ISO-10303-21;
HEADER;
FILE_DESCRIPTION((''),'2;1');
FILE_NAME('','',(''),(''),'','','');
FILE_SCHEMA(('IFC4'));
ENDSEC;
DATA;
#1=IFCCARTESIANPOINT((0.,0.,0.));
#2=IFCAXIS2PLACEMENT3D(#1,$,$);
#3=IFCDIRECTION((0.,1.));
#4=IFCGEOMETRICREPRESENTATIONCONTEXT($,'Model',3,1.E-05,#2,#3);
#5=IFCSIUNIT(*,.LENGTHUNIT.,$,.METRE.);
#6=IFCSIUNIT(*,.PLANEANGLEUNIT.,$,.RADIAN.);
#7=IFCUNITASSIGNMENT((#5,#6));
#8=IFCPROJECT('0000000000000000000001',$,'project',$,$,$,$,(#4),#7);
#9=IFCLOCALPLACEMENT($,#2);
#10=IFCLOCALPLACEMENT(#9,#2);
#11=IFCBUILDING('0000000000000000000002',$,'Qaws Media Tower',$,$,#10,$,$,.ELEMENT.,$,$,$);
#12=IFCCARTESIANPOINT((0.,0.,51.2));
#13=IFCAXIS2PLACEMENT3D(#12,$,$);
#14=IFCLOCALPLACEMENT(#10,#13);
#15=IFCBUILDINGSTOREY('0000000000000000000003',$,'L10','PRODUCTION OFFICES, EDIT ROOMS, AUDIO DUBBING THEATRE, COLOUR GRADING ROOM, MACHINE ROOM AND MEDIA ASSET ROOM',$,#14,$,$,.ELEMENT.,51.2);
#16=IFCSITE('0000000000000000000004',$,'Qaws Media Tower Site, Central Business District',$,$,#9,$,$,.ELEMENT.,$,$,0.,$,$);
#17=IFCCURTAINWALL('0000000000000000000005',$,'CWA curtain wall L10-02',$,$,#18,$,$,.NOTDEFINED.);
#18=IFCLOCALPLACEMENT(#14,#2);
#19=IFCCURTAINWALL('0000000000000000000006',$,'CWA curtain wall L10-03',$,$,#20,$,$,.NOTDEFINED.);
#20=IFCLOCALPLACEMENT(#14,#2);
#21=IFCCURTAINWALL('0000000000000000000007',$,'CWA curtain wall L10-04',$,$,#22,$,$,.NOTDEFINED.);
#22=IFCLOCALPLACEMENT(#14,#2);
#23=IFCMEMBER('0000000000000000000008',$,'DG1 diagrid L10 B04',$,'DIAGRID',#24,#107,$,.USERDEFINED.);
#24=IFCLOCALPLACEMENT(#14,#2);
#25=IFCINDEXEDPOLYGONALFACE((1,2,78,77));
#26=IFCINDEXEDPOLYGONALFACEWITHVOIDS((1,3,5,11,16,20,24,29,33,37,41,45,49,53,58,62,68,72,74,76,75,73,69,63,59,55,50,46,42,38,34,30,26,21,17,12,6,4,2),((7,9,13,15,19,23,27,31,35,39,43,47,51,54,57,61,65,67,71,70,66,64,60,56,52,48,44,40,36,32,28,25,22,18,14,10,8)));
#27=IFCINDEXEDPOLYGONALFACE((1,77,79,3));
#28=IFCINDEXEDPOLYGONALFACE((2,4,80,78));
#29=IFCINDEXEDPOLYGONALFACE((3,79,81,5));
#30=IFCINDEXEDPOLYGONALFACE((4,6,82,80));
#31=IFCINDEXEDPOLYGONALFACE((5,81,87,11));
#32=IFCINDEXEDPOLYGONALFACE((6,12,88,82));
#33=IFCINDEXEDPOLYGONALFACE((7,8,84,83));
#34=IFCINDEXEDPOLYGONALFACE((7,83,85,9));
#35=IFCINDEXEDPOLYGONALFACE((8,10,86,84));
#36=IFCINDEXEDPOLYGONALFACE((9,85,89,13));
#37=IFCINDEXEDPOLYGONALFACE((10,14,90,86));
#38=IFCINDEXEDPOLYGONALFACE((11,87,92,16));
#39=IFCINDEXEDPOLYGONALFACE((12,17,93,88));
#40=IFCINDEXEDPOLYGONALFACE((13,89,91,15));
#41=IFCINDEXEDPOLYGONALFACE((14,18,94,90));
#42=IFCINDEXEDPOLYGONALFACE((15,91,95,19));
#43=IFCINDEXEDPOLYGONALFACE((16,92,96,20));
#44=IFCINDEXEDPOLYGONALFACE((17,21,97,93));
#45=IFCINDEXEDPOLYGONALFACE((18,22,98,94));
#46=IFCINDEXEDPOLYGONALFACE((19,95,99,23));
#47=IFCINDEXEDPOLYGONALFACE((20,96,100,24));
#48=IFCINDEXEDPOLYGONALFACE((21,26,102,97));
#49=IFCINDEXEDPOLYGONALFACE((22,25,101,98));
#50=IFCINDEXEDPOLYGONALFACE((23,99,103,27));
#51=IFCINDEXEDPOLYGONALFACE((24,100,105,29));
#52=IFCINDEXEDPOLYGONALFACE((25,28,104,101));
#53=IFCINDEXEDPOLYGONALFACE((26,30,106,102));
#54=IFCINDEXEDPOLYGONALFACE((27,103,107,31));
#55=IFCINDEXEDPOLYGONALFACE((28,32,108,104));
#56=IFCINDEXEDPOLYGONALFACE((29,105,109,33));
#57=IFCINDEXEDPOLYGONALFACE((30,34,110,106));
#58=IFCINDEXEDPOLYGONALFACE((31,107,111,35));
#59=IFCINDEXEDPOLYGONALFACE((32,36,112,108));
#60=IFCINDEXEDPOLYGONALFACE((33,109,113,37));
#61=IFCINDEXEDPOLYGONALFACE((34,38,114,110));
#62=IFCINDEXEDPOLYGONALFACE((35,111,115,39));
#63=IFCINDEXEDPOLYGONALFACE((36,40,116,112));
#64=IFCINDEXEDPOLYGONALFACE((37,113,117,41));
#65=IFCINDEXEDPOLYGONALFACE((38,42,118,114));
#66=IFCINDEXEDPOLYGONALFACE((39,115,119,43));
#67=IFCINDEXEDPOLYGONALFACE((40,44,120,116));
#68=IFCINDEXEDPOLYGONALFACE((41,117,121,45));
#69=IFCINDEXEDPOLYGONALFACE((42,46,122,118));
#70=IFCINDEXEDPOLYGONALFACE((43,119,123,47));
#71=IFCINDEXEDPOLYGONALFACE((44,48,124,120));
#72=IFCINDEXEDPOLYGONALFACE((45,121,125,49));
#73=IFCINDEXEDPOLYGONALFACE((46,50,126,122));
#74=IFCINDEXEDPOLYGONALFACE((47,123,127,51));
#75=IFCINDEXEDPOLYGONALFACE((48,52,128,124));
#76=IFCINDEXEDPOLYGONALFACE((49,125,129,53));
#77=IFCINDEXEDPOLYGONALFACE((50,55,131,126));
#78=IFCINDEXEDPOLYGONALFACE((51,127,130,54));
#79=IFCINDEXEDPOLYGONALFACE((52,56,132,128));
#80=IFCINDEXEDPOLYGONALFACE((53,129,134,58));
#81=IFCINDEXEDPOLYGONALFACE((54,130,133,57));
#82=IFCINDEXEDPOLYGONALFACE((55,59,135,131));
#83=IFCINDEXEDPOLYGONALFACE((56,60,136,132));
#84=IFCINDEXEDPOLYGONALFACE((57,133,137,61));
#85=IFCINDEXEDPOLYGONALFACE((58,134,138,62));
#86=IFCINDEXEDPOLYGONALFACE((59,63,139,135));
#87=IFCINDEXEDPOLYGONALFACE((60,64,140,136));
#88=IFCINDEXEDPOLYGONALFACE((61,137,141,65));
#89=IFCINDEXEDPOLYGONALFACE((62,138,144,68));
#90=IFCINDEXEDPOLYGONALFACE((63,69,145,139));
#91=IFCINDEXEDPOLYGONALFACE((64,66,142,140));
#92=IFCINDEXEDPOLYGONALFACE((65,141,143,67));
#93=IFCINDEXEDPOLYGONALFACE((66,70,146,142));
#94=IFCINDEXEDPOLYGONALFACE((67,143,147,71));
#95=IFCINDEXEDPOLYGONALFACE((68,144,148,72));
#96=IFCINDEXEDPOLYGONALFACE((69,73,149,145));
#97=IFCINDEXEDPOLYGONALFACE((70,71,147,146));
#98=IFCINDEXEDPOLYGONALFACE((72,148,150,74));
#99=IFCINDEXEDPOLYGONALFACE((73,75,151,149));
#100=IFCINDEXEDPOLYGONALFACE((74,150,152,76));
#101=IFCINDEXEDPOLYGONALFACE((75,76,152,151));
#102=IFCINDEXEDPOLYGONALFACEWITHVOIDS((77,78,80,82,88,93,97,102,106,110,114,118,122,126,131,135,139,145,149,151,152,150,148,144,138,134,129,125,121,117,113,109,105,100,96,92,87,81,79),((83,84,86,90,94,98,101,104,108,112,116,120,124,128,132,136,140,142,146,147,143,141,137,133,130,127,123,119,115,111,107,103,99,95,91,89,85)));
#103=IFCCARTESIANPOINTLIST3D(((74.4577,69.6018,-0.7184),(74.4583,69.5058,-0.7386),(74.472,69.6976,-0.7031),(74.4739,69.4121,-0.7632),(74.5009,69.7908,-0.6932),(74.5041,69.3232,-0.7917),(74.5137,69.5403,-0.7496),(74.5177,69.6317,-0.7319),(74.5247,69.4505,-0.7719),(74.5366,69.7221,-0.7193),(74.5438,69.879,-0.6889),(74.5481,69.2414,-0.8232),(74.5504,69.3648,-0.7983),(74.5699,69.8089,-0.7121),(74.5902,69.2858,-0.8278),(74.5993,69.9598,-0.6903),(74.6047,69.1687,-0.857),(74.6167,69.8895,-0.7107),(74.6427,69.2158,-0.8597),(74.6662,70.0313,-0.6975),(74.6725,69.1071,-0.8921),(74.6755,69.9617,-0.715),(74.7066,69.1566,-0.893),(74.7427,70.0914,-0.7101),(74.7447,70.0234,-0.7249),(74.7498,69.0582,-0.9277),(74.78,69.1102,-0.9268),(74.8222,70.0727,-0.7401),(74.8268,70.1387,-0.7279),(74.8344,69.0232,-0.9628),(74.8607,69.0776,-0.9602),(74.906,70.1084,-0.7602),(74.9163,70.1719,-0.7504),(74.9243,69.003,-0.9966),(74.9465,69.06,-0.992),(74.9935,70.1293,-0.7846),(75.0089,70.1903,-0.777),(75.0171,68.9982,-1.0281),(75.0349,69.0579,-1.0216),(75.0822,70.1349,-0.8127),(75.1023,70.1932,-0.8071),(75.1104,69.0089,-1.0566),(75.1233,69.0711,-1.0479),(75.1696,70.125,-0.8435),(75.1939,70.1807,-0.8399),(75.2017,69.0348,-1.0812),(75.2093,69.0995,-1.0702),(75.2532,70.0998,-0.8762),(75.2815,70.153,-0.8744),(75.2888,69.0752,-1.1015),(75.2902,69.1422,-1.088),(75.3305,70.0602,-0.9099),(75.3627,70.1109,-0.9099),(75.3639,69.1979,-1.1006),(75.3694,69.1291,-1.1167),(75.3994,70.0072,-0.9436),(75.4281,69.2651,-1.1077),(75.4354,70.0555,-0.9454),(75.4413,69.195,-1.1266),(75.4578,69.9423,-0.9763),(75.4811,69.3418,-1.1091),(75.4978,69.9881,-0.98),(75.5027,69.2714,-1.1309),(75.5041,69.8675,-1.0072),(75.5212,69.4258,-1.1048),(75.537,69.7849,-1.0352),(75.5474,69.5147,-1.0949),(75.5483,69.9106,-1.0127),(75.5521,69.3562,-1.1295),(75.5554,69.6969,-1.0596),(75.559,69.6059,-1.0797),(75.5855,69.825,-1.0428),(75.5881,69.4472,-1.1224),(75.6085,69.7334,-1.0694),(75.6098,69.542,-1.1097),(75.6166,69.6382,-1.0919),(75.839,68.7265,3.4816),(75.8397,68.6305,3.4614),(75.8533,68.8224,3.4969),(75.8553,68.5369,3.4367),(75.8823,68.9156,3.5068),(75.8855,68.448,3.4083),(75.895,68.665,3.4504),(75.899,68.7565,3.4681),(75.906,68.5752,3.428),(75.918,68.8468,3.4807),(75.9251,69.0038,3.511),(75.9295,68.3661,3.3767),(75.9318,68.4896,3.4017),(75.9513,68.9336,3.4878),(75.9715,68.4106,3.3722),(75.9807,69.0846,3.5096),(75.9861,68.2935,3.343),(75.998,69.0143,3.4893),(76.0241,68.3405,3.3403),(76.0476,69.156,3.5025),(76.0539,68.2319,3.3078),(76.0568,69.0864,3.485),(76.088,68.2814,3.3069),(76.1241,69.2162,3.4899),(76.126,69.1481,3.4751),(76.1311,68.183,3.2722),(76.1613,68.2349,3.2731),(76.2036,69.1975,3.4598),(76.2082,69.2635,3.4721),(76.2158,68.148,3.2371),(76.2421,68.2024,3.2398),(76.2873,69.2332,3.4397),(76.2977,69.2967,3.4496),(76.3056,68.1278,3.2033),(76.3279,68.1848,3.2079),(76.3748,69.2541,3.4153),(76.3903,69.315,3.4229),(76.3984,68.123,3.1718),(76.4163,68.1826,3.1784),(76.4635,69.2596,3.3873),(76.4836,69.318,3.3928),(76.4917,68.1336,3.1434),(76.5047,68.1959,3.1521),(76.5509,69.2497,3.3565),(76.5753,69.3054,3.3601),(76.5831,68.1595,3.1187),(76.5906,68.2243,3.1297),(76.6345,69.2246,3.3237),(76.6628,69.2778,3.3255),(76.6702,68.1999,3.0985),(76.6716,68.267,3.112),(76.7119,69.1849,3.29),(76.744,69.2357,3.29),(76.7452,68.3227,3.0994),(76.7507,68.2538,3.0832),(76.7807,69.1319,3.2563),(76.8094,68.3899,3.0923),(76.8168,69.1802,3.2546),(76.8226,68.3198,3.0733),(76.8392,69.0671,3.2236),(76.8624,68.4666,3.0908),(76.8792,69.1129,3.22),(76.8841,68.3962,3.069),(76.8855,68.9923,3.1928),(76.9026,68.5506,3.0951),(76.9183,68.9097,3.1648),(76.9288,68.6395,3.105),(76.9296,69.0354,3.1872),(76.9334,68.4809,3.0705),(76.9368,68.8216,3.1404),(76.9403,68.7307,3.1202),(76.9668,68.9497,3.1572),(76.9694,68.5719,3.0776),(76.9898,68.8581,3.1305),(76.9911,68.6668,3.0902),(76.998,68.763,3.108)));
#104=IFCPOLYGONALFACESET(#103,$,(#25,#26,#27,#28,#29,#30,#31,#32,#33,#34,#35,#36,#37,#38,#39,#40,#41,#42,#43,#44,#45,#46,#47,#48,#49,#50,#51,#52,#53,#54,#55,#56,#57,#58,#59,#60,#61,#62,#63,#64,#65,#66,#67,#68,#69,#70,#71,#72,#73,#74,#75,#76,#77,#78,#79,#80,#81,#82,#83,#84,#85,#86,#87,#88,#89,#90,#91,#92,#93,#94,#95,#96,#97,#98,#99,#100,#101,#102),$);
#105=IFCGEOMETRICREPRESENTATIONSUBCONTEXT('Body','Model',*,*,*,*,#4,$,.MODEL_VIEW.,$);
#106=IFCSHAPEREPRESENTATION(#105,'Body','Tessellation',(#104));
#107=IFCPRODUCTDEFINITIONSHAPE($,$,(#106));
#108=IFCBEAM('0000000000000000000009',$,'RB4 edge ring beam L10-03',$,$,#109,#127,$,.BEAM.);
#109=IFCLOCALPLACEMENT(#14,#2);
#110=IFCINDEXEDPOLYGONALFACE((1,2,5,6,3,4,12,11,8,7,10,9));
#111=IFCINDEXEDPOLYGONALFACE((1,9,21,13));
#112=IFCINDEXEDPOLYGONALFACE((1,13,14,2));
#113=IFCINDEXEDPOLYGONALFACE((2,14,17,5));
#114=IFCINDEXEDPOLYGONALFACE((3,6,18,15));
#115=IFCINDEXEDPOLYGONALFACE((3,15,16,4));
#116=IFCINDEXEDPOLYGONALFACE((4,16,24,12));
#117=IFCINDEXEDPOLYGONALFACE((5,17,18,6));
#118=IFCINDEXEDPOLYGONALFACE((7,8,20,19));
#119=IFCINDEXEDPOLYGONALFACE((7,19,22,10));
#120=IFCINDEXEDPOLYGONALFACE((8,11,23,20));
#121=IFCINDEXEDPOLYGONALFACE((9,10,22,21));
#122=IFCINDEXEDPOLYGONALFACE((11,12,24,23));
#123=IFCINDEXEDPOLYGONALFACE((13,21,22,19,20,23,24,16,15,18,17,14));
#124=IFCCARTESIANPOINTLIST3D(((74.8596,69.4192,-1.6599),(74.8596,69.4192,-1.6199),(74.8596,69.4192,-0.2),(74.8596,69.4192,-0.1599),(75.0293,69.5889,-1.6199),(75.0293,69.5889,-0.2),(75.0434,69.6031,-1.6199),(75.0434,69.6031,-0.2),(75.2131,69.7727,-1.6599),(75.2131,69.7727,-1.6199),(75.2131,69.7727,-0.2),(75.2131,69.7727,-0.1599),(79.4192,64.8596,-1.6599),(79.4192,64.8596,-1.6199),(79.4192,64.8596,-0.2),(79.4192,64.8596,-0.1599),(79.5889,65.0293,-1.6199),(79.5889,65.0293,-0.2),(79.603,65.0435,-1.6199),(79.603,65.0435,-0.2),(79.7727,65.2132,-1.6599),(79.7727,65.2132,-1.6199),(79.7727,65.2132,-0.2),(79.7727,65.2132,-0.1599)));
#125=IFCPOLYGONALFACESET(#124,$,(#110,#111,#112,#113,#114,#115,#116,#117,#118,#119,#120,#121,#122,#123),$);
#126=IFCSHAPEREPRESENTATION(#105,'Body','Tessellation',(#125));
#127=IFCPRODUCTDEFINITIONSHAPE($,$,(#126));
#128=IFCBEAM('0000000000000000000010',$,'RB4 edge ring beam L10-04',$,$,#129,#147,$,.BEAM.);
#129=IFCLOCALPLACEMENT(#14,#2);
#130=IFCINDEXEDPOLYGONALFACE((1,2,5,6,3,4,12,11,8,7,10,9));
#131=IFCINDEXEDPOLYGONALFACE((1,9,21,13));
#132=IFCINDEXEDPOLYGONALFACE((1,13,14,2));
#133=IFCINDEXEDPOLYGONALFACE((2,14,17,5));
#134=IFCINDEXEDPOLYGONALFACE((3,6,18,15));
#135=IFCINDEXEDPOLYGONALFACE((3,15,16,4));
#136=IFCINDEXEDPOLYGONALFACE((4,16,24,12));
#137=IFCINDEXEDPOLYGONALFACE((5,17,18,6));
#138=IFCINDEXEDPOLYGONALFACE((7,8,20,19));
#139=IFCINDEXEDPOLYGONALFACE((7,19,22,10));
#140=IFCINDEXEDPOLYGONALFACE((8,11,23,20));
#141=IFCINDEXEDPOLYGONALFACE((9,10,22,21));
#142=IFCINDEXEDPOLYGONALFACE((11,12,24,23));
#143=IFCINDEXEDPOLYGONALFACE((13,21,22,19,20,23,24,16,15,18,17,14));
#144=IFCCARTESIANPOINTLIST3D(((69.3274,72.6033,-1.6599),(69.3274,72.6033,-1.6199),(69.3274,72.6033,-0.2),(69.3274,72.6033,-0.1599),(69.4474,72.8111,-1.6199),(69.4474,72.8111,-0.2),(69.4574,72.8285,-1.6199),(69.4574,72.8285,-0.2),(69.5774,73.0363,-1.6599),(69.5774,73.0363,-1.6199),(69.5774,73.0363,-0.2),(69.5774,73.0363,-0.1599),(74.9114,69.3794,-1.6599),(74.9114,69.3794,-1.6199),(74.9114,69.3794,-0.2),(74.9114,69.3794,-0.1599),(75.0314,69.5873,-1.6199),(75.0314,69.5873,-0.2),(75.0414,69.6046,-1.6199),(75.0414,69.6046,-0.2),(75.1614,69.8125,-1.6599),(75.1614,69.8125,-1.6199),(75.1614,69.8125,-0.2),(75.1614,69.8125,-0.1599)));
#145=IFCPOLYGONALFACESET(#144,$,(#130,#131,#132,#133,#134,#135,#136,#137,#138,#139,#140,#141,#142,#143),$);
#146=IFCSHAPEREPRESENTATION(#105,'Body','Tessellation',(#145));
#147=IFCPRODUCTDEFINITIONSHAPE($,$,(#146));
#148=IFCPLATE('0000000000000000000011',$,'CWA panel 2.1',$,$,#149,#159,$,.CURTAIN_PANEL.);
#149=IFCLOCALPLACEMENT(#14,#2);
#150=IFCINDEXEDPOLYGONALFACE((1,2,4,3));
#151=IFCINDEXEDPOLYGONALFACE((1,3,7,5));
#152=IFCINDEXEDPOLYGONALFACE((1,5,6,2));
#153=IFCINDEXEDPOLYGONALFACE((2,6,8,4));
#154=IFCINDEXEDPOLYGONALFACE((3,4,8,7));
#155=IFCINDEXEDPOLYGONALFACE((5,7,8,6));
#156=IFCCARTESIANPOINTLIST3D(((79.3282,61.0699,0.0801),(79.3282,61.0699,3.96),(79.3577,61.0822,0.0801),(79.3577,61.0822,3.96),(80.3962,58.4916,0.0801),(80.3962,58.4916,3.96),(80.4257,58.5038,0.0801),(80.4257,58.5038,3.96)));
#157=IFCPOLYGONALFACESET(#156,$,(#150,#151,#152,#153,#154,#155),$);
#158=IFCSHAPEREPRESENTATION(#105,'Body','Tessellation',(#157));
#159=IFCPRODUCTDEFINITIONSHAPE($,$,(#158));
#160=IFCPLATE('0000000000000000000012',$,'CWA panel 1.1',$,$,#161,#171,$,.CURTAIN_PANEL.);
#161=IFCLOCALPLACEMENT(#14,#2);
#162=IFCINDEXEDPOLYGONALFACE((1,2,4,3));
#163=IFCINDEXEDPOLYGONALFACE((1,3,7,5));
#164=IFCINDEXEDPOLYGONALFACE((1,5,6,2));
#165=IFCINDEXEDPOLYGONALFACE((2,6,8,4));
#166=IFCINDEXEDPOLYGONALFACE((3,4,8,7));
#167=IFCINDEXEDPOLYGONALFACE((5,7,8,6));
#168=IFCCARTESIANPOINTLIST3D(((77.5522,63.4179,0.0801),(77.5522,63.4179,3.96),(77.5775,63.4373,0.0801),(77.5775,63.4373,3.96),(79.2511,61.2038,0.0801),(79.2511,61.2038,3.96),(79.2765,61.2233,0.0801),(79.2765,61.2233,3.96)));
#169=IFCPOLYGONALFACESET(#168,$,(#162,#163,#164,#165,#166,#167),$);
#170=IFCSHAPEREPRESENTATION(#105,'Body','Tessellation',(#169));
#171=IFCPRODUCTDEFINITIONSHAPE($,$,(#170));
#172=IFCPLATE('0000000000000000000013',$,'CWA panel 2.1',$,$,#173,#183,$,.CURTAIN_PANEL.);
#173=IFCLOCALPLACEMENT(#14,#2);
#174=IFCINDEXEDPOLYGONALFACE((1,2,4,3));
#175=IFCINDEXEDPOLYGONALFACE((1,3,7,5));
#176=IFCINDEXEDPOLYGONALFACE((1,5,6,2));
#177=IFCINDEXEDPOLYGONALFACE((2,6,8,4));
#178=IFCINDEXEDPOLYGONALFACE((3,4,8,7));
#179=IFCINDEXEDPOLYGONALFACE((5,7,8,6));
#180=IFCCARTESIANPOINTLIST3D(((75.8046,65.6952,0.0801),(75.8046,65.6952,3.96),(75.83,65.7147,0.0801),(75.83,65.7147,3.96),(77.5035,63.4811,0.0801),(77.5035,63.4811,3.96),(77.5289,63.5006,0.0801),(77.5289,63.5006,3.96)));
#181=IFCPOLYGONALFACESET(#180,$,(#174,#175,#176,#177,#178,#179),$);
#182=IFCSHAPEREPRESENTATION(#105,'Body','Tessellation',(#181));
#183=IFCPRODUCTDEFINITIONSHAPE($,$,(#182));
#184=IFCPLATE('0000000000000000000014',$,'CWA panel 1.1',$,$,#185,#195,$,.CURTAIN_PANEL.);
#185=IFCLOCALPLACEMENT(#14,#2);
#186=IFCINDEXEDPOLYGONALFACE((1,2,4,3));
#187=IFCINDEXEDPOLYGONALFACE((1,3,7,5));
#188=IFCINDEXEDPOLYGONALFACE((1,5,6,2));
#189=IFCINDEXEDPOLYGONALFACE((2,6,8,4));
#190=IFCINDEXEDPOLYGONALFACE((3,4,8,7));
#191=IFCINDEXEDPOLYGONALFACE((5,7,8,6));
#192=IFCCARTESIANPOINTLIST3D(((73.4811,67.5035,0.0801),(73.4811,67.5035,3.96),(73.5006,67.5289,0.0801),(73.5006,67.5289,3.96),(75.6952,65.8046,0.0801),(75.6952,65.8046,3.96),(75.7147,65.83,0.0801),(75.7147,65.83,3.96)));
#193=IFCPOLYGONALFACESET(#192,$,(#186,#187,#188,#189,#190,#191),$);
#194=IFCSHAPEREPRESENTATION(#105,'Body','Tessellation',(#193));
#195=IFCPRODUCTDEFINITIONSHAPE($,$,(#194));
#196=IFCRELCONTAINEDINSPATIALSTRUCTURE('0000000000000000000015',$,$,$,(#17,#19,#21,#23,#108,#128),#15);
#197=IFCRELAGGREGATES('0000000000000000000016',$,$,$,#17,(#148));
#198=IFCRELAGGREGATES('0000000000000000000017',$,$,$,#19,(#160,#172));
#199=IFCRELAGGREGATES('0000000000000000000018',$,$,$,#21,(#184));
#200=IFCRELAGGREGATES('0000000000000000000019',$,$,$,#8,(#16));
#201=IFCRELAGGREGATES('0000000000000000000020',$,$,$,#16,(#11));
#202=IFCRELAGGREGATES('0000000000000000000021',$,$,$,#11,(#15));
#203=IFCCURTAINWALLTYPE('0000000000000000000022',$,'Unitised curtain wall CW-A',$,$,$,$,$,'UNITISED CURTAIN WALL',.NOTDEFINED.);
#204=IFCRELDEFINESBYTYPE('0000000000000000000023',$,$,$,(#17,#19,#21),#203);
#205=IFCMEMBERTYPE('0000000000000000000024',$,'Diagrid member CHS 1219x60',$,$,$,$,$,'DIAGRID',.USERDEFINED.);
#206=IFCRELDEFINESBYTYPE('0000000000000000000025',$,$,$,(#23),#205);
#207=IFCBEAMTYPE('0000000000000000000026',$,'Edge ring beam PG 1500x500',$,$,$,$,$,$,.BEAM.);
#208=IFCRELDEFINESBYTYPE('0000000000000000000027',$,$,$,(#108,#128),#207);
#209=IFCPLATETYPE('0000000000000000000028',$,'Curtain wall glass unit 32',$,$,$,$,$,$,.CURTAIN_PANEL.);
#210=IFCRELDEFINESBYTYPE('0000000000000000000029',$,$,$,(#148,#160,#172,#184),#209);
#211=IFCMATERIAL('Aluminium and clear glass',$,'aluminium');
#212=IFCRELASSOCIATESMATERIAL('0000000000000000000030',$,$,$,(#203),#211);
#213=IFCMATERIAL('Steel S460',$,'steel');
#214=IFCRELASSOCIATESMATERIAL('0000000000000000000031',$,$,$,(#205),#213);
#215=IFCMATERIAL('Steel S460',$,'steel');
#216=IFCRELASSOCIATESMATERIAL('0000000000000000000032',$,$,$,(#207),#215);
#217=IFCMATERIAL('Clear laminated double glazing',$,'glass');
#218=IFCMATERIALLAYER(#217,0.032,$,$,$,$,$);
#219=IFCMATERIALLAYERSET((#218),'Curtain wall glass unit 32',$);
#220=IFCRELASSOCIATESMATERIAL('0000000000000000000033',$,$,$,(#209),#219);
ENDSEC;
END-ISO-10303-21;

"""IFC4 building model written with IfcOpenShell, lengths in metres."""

from ifc_helpers import new_model, si_unit, direction, frame, origin, origin_2d, place, context, subcontext, project, spatial, rectangle, hollow_circle, i_section, extrude, material, layer, layer_set, material_profile, profile_set, type_object, element, aggregate, save


model = new_model("IFC4")

# Units and contexts
model_context = context("Model", 3, precision=1e-05, world=origin(), true_north=direction((0.0, 1.0)))
body_context = subcontext(model_context, "Body", "Model", "MODEL_VIEW")
ifc_project = project(units=[si_unit("LENGTHUNIT", "METRE"), si_unit("PLANEANGLEUNIT", "RADIAN")], contexts=[model_context])

# Site, building, storey
site_placement = place(None, origin())
site = spatial("IfcSite", under=ifc_project, at=site_placement, Name="Qaws Media Tower Site, Central Business District", CompositionType="ELEMENT", RefElevation=0.0)
building_placement = place(site_placement, origin())
building = spatial("IfcBuilding", under=site, at=building_placement, Name="Qaws Media Tower", CompositionType="ELEMENT")
storey_placement = place(building_placement, frame((0.0, 0.0, 51.2)))
storey = spatial("IfcBuildingStorey", under=building, at=storey_placement, Name="L10", Description="PRODUCTION OFFICES, EDIT ROOMS, AUDIO DUBBING THEATRE, COLOUR GRADING ROOM, MACHINE ROOM AND MEDIA ASSET ROOM", CompositionType="ELEMENT", Elevation=51.2)

# Curtain wall
ifc_material_1 = material(Name="Aluminium and clear glass", Category="aluminium")
curtain_wall_type = type_object("IfcCurtainWallType", Name="Unitised curtain wall CW-A", ElementType="UNITISED CURTAIN WALL", PredefinedType="NOTDEFINED", material=ifc_material_1)
curtain_wall_1_placement = place(storey_placement, origin())
curtain_wall_1 = element("IfcCurtainWall", 1, at=curtain_wall_1_placement, inside=storey, type_object=curtain_wall_type, Name="CWA curtain wall L10-02", PredefinedType="NOTDEFINED")

# Curtain walls
curtain_wall_2_placement = place(storey_placement, origin())
curtain_wall_2 = element("IfcCurtainWall", 2, at=curtain_wall_2_placement, inside=storey, type_object=curtain_wall_type, Name="CWA curtain wall L10-03", PredefinedType="NOTDEFINED")
curtain_wall_3_placement = place(storey_placement, origin())
curtain_wall_3 = element("IfcCurtainWall", 3, at=curtain_wall_3_placement, inside=storey, type_object=curtain_wall_type, Name="CWA curtain wall L10-04", PredefinedType="NOTDEFINED")

# Member
ifc_material_2 = material(Name="Steel S460", Category="steel")
ifc_material_profile_1 = material_profile(ifc_material_2, hollow_circle(Radius=0.6096, WallThickness=0.0601, at=origin_2d()), Name="CHS 1219x60")
ifc_profile_set_1 = profile_set([ifc_material_profile_1], Name="Steel S460")
member_type_1 = type_object("IfcMemberType", Name="Diagrid member CHS 1219x60", ElementType="DIAGRID", PredefinedType="USERDEFINED", material=ifc_profile_set_1)
for number, where, z_axis, x_axis, name in (
    (4, (75.0364, 69.5959, -0.9099), (0.306484, -0.194193, 0.931857), (0.535223, 0.844711, 0.0), "DG1 diagrid L10 B04"),
):
    element("IfcMember", number, at=place(storey_placement, frame(where, z_axis=z_axis, x_axis=x_axis)), inside=storey, type_object=member_type_1, Name=name, ObjectType="DIAGRID", PredefinedType="USERDEFINED", context=body_context, shape_type="SweptSolid", body=[
        extrude(hollow_circle(Radius=0.6096, WallThickness=0.0601, at=origin_2d()), origin(), (0.0, 0.0, 1.0), 4.5071),
    ])

# Beams
ifc_material_3 = material(Name="Steel S460", Category="steel")
ifc_material_profile_2 = material_profile(ifc_material_3, i_section(OverallWidth=0.5, OverallDepth=1.5, WebThickness=0.02, FlangeThickness=0.04, at=origin_2d()), Name="PG 1500x500")
ifc_profile_set_2 = profile_set([ifc_material_profile_2], Name="Steel S460")
beam_type = type_object("IfcBeamType", Name="Edge ring beam PG 1500x500", PredefinedType="BEAM", material=ifc_profile_set_2)
beam_1_placement = place(storey_placement, frame((79.5959, 65.0364, -0.9099), z_axis=(-0.707107, 0.707107, 0.0), x_axis=(-0.707107, -0.707107, 0.0)))
element("IfcBeam", 5, at=beam_1_placement, inside=storey, type_object=beam_type, Name="RB4 edge ring beam L10-03", PredefinedType="BEAM", context=body_context, shape_type="SweptSolid", body=[
    extrude(i_section(OverallWidth=0.5, OverallDepth=1.5, WebThickness=0.02, FlangeThickness=0.04, at=origin_2d()), origin(), (0.0, 0.0, 1.0), 6.4482),
])
beam_2_placement = place(storey_placement, frame((75.0364, 69.5959, -0.9099), z_axis=(-0.866028, 0.499996, 0.0), x_axis=(-0.499996, -0.866028, 0.0)))
element("IfcBeam", 6, at=beam_2_placement, inside=storey, type_object=beam_type, Name="RB4 edge ring beam L10-04", PredefinedType="BEAM", context=body_context, shape_type="SweptSolid", body=[
    extrude(i_section(OverallWidth=0.5, OverallDepth=1.5, WebThickness=0.02, FlangeThickness=0.04, at=origin_2d()), origin(), (0.0, 0.0, 1.0), 6.4478),
])

# Plates
ifc_material_4 = material(Name="Clear laminated double glazing", Category="glass")
ifc_layer_1 = layer(ifc_material_4, 0.032)
ifc_layer_set_1 = layer_set([ifc_layer_1], Name="Curtain wall glass unit 32")
plate_type_1 = type_object("IfcPlateType", Name="Curtain wall glass unit 32", PredefinedType="CURTAIN_PANEL", material=ifc_layer_set_1)
plate_1_placement = place(storey_placement, frame((79.877, 59.7869, 0.0801), z_axis=(0.0, 0.0, 1.0), x_axis=(-0.382683, 0.92388, 0.0)))
plate_1 = element("IfcPlate", 7, at=plate_1_placement, type_object=plate_type_1, Name="CWA panel 2.1", PredefinedType="CURTAIN_PANEL", context=body_context, shape_type="SweptSolid", body=[
    extrude(rectangle(XDim=2.7908, YDim=0.032, at=origin_2d()), origin(), (0.0, 0.0, 1.0), 3.8799),
])
aggregate(curtain_wall_1, [plate_1])
plate_2_placement = place(storey_placement, frame((78.4143, 62.3206, 0.0801), z_axis=(0.0, 0.0, 1.0), x_axis=(-0.608762, 0.793353, 0.0)))
plate_2 = element("IfcPlate", 8, at=plate_2_placement, type_object=plate_type_1, Name="CWA panel 1.1", PredefinedType="CURTAIN_PANEL", context=body_context, shape_type="SweptSolid", body=[
    extrude(rectangle(XDim=2.7908, YDim=0.032, at=origin_2d()), origin(), (0.0, 0.0, 1.0), 3.8799),
])
plate_3_placement = place(storey_placement, frame((76.6667, 64.5979, 0.0801), z_axis=(0.0, 0.0, 1.0), x_axis=(-0.608762, 0.793353, 0.0)))
plate_3 = element("IfcPlate", 9, at=plate_3_placement, type_object=plate_type_1, Name="CWA panel 2.1", PredefinedType="CURTAIN_PANEL", context=body_context, shape_type="SweptSolid", body=[
    extrude(rectangle(XDim=2.7908, YDim=0.032, at=origin_2d()), origin(), (0.0, 0.0, 1.0), 3.8799),
])
aggregate(curtain_wall_2, [plate_2, plate_3])
plate_4_placement = place(storey_placement, frame((74.5979, 66.6667, 0.0801), z_axis=(0.0, 0.0, 1.0), x_axis=(-0.793353, 0.608762, 0.0)))
plate_4 = element("IfcPlate", 10, at=plate_4_placement, type_object=plate_type_1, Name="CWA panel 1.1", PredefinedType="CURTAIN_PANEL", context=body_context, shape_type="SweptSolid", body=[
    extrude(rectangle(XDim=2.7908, YDim=0.032, at=origin_2d()), origin(), (0.0, 0.0, 1.0), 3.8799),
])
aggregate(curtain_wall_3, [plate_4])

save(model, "model.ifc")
